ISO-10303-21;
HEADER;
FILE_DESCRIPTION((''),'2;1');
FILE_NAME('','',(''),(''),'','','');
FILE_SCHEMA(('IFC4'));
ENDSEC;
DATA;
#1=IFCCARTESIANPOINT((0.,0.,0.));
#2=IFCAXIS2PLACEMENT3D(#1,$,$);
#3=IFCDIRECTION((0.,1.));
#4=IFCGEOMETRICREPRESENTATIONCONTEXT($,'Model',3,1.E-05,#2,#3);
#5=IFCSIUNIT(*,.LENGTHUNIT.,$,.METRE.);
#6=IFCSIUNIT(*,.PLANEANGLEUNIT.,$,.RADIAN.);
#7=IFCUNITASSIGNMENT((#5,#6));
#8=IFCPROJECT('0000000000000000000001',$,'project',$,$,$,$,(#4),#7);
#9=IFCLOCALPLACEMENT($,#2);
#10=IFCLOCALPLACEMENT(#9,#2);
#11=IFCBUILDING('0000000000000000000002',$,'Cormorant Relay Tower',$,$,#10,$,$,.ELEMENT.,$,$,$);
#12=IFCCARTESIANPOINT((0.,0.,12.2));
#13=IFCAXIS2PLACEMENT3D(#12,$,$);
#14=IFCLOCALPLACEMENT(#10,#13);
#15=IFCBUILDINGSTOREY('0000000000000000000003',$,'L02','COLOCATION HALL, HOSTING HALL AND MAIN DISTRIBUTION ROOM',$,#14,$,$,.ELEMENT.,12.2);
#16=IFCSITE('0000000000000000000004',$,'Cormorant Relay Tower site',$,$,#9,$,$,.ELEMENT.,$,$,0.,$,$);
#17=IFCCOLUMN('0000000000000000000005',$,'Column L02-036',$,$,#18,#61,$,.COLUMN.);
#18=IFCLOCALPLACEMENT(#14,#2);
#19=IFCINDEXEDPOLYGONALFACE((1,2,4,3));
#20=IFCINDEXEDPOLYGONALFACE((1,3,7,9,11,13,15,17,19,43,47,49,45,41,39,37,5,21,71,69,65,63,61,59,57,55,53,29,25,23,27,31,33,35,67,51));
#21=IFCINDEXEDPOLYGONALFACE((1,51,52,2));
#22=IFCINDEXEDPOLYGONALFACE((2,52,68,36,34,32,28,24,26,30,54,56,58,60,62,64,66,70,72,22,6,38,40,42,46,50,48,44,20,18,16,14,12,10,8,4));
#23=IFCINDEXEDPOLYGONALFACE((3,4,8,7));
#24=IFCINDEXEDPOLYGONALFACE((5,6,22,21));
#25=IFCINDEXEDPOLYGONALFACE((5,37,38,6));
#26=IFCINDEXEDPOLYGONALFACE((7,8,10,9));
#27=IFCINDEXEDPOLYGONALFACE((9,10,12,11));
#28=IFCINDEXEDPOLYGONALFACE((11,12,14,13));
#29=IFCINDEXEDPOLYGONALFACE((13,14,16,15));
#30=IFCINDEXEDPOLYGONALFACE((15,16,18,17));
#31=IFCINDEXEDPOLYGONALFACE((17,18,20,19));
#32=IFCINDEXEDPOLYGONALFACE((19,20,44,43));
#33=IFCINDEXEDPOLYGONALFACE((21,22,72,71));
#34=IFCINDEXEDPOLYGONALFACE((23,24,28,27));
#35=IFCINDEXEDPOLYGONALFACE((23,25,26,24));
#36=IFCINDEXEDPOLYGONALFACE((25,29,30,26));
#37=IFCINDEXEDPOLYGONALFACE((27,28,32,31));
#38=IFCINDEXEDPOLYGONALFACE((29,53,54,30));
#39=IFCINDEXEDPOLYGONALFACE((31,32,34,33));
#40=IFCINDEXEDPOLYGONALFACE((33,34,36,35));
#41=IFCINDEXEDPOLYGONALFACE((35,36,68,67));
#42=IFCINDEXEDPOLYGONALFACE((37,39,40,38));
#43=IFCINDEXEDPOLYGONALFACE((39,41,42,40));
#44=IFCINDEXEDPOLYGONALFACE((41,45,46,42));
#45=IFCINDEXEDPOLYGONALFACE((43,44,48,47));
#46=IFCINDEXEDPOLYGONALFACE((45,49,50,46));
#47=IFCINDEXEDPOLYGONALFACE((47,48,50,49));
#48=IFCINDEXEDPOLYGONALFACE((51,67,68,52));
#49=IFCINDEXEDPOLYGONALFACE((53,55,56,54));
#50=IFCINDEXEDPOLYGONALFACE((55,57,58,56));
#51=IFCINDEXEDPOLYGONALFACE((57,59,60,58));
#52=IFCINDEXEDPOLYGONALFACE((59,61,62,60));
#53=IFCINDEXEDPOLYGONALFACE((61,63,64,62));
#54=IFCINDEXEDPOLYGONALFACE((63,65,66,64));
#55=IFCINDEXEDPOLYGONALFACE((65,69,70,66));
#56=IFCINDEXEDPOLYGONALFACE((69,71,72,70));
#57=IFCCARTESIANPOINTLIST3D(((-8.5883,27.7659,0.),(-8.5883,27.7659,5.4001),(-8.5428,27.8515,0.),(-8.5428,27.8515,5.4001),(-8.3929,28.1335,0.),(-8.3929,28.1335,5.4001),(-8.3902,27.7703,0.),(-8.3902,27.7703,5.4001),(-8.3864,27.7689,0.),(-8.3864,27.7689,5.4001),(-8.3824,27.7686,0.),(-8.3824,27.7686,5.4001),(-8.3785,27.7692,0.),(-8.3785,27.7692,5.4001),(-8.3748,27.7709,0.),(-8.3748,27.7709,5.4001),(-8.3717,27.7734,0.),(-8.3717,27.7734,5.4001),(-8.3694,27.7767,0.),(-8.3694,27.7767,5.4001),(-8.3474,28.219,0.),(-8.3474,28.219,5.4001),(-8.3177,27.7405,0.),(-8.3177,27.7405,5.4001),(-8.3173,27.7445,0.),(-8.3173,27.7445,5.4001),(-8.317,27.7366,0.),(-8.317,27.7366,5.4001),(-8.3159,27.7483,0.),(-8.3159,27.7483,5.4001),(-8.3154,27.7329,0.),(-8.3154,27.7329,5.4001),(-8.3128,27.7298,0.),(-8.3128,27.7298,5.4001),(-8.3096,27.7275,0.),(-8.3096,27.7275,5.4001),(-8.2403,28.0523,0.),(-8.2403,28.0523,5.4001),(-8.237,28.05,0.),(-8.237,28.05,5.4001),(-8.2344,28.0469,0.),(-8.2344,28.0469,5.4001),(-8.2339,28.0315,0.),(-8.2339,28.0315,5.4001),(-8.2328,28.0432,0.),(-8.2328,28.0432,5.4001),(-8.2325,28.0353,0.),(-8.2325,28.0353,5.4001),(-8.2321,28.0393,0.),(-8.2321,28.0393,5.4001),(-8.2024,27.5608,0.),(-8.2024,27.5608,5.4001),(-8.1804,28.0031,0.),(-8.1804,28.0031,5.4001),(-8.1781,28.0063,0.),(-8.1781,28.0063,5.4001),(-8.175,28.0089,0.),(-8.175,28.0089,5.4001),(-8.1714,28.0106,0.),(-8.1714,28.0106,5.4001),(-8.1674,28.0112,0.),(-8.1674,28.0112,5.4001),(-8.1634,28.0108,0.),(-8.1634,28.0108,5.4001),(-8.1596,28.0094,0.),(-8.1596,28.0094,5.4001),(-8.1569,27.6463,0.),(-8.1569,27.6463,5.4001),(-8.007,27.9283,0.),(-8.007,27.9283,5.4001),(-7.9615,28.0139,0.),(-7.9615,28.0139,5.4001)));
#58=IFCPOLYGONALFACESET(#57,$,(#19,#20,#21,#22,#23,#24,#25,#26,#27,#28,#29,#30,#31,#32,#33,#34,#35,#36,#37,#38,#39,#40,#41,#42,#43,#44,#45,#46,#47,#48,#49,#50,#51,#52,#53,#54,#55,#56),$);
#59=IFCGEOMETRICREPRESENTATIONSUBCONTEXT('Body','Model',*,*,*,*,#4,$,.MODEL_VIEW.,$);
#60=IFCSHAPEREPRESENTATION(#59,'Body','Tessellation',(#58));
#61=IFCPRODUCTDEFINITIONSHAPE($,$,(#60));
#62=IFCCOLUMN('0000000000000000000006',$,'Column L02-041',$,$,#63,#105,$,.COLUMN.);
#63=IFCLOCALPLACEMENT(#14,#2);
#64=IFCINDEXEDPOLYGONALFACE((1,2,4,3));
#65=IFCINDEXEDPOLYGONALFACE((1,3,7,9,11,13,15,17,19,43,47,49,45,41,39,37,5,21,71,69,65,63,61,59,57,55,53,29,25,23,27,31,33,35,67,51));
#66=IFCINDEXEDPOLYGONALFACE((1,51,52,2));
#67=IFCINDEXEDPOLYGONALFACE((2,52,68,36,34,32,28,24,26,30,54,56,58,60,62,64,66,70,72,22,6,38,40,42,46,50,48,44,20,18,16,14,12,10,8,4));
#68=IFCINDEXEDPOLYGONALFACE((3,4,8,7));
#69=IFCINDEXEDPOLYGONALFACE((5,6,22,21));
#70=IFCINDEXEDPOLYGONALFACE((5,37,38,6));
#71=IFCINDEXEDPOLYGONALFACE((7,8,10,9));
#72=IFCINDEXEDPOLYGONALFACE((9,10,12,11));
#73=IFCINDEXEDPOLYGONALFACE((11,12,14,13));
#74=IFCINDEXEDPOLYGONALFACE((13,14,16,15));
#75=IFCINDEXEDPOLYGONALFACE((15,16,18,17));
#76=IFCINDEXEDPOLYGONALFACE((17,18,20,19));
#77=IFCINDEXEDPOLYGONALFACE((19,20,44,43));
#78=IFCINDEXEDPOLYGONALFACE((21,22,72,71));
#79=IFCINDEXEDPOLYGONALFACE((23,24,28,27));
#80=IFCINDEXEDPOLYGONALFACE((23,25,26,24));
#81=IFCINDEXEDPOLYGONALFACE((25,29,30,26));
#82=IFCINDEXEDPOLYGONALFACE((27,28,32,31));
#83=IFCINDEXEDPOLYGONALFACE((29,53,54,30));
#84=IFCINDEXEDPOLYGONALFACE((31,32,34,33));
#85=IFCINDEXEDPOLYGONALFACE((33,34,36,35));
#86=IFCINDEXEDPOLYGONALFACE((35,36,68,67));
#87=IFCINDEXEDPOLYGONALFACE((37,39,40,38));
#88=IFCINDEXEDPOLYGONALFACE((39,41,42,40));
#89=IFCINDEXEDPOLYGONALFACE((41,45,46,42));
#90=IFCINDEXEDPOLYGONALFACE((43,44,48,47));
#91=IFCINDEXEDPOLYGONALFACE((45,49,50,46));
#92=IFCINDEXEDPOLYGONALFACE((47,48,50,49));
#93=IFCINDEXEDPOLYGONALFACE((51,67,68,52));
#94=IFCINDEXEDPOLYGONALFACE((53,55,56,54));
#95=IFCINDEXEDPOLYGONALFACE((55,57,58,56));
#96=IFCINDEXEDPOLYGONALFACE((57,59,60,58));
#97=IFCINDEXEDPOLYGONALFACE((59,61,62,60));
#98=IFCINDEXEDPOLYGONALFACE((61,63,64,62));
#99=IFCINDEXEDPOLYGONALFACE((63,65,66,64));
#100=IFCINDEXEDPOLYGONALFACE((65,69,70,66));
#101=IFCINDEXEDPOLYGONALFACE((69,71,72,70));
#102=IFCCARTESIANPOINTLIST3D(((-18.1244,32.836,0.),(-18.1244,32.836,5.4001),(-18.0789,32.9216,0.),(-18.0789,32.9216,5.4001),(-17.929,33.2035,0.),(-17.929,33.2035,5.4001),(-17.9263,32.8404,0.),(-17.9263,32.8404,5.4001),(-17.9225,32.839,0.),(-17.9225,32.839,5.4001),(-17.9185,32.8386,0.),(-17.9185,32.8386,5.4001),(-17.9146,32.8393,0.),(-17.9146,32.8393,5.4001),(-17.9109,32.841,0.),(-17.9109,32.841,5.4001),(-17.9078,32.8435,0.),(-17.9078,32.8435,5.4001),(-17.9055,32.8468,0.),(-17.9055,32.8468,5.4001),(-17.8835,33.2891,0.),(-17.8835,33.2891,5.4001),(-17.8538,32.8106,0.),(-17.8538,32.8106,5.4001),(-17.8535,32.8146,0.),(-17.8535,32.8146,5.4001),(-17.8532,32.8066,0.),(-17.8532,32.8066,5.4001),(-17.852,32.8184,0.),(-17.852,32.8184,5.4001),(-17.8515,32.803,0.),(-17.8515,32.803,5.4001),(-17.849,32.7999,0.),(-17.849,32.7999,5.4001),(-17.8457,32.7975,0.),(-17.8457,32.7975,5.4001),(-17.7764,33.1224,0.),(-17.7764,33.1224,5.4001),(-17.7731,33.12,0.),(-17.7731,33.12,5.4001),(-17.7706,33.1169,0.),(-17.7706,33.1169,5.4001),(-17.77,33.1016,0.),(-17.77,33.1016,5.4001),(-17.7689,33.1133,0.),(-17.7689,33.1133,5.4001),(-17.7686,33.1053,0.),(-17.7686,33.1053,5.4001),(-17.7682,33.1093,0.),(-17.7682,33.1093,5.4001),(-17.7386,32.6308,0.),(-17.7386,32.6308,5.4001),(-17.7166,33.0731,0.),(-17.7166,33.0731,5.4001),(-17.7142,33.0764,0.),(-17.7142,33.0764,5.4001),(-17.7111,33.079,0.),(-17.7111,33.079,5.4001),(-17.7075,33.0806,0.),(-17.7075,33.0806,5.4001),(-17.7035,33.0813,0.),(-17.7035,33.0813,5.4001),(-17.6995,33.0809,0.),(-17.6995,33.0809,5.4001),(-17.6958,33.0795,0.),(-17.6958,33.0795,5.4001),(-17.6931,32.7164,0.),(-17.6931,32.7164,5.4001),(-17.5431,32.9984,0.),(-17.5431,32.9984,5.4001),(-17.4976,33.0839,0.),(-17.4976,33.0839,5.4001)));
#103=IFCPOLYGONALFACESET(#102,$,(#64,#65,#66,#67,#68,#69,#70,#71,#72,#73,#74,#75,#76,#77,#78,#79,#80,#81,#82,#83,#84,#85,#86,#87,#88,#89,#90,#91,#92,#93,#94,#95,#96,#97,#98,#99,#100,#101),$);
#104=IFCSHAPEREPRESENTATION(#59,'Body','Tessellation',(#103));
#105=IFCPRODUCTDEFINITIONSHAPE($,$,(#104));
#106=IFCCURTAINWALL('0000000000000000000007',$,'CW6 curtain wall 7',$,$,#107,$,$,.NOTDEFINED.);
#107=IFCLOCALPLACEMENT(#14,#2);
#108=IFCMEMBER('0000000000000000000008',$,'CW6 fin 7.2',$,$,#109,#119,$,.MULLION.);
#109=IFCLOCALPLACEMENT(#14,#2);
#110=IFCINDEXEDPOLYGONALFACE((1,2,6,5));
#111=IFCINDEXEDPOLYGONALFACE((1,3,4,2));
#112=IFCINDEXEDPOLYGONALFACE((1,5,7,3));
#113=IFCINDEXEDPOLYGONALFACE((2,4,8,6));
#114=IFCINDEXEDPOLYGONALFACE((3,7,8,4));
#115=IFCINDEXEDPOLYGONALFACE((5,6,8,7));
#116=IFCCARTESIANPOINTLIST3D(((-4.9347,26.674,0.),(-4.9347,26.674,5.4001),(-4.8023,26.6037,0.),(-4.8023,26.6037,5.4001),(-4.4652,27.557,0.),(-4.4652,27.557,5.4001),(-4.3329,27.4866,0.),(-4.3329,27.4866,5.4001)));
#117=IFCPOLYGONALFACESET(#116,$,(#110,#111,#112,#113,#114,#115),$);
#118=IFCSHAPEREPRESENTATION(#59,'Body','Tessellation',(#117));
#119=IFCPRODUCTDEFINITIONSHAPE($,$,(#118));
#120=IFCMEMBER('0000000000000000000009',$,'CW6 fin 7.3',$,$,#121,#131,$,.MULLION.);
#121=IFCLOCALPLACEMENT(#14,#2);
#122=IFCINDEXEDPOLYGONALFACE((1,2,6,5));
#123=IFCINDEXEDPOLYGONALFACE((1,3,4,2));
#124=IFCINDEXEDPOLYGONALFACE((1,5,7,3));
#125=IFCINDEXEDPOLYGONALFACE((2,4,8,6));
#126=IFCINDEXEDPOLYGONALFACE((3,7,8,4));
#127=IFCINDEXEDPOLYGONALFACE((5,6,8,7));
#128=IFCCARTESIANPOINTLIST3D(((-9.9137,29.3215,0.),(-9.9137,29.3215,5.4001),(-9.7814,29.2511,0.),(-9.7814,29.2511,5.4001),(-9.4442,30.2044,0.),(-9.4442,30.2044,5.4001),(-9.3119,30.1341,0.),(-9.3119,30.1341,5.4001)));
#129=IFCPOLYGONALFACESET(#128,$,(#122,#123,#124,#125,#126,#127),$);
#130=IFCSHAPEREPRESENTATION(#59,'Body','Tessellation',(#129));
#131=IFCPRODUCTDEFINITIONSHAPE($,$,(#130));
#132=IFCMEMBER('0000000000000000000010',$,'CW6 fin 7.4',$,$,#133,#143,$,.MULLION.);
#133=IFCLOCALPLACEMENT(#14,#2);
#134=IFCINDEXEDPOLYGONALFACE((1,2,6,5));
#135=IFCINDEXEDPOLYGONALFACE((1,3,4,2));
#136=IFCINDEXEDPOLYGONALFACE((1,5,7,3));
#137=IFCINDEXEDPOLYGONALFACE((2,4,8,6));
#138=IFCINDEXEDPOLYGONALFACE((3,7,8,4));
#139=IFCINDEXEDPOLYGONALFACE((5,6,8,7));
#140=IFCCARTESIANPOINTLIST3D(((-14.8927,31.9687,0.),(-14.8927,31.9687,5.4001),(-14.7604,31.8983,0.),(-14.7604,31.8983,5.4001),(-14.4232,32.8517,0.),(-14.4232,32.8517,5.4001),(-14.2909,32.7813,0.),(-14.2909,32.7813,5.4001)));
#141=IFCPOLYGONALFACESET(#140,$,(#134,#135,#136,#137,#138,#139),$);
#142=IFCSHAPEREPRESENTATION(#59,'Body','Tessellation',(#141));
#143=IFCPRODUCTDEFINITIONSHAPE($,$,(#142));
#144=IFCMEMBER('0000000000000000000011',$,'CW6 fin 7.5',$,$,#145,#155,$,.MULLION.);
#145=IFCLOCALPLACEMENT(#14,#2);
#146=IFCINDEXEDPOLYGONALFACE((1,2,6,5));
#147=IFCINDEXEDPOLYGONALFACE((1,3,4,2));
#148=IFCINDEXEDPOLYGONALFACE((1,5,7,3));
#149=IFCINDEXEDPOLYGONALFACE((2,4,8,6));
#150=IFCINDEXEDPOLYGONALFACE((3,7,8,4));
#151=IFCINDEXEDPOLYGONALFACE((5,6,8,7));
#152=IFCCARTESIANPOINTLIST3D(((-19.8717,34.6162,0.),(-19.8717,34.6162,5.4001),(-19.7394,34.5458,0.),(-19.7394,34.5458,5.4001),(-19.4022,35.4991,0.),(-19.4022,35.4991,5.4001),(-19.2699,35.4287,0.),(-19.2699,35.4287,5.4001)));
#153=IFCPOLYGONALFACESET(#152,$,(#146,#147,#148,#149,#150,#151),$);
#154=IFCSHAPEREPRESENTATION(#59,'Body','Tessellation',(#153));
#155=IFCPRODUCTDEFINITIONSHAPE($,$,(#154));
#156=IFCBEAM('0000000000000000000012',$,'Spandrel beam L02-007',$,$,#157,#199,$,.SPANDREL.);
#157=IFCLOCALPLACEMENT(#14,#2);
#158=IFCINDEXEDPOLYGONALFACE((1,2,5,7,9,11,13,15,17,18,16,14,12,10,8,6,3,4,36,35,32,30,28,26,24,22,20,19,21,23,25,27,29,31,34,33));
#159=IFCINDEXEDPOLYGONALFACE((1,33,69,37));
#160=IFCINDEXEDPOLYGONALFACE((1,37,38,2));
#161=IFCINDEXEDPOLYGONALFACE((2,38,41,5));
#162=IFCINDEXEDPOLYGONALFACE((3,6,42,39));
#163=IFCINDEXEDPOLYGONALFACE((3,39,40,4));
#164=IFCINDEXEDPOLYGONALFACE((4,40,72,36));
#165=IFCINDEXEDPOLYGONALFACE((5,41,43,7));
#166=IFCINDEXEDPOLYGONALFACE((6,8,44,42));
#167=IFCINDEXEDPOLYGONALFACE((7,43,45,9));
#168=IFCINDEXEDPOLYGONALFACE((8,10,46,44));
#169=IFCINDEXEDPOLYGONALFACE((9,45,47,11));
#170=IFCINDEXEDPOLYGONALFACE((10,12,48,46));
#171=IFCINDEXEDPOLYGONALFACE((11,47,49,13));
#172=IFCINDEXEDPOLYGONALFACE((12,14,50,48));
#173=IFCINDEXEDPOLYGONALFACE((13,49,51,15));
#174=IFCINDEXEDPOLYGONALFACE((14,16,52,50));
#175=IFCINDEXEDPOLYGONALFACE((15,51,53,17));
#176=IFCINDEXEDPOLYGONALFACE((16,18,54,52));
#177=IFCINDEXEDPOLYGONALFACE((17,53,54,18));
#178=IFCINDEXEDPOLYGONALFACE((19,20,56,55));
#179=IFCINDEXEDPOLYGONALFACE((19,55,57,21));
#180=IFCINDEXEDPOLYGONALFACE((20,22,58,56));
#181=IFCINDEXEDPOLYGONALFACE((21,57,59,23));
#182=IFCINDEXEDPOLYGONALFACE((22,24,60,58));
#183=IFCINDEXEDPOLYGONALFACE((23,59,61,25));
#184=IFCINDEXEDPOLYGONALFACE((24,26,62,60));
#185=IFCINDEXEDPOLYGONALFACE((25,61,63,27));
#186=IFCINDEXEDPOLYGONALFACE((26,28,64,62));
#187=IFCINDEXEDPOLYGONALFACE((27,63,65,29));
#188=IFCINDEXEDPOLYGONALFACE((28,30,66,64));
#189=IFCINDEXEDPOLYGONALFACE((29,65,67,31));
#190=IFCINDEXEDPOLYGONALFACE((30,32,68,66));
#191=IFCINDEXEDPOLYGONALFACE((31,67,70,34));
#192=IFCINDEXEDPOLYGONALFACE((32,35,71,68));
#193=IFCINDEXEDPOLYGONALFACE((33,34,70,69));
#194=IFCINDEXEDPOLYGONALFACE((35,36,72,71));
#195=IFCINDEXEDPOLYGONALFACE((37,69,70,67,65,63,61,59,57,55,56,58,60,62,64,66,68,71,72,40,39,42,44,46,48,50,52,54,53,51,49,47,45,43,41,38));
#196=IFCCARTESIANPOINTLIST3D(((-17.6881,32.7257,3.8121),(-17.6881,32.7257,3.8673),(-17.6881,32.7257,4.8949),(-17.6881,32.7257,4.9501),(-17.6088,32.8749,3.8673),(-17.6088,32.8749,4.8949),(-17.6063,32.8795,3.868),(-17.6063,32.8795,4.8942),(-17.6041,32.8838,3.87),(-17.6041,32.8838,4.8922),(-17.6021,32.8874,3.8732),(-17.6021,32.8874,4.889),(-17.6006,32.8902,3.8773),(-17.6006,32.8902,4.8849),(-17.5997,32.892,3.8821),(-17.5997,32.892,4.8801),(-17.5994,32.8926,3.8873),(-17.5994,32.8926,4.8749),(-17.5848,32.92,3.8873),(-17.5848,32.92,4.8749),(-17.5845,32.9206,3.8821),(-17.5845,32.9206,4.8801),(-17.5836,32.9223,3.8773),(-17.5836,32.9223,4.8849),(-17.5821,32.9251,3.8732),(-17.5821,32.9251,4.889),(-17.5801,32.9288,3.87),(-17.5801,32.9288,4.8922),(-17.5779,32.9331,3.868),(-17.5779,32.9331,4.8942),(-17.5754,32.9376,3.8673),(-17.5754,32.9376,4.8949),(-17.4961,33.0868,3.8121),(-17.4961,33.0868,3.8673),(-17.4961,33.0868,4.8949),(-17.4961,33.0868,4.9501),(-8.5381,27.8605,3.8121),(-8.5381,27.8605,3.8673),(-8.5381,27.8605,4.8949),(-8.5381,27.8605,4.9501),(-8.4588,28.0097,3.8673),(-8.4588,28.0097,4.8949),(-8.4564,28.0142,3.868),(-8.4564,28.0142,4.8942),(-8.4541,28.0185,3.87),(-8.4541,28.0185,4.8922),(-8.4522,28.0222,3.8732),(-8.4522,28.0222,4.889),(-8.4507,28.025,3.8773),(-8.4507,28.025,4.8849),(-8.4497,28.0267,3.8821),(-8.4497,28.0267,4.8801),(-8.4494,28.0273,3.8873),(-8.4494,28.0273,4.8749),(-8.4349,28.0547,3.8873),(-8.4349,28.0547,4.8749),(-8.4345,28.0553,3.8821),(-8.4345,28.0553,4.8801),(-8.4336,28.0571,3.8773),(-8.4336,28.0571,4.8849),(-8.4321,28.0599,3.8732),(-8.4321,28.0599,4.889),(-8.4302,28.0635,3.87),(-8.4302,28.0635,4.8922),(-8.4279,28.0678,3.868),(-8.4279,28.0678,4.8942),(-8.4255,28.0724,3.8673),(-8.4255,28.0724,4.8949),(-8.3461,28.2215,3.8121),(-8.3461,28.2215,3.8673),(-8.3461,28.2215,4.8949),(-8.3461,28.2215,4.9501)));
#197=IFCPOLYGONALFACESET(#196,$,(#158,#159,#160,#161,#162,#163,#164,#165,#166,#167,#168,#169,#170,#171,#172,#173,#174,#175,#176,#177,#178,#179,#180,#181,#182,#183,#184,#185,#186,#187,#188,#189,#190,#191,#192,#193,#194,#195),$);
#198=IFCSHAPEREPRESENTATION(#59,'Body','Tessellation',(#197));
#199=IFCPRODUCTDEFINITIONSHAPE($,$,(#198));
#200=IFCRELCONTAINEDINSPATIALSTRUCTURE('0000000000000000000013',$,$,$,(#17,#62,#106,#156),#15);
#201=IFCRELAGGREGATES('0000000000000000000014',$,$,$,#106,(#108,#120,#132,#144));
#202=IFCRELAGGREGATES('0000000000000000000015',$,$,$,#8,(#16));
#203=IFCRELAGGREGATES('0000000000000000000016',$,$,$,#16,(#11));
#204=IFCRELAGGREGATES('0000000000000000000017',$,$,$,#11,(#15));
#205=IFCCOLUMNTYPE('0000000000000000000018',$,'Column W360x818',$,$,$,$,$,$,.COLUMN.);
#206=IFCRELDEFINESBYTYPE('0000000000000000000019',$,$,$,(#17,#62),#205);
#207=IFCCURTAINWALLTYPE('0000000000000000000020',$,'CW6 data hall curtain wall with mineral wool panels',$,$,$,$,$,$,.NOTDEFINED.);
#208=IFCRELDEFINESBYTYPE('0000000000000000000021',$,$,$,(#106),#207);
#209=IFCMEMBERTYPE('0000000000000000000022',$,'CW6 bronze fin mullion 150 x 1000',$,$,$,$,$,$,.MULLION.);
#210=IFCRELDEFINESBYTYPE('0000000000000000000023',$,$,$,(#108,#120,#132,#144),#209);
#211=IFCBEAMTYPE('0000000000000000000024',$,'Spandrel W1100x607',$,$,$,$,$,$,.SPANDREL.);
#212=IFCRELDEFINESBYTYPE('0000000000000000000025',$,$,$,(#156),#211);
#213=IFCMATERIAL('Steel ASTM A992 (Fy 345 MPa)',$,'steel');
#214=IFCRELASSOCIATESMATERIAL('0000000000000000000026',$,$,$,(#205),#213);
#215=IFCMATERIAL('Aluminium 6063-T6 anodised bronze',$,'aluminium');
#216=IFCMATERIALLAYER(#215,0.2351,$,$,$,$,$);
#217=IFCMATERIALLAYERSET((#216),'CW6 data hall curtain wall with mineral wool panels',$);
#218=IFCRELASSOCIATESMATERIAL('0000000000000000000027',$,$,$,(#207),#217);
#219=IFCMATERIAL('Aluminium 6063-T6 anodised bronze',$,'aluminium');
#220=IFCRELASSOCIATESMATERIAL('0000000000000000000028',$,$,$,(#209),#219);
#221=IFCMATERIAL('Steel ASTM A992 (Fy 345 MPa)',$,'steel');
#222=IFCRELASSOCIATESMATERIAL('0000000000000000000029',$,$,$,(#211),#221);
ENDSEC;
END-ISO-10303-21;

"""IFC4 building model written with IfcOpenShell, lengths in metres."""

from ifc_helpers import new_model, si_unit, direction, frame, origin, origin_2d, place, context, subcontext, project, spatial, rectangle, i_section, extrude, material, layer, layer_set, material_profile, profile_set, type_object, element, aggregate, save


model = new_model("IFC4")

# Units and contexts
model_context = context("Model", 3, precision=1e-05, world=origin(), true_north=direction((0.0, 1.0)))
body_context = subcontext(model_context, "Body", "Model", "MODEL_VIEW")
ifc_project = project(units=[si_unit("LENGTHUNIT", "METRE"), si_unit("PLANEANGLEUNIT", "RADIAN")], contexts=[model_context])

# Site, building, storey
site_placement = place(None, origin())
site = spatial("IfcSite", under=ifc_project, at=site_placement, Name="Cormorant Relay Tower site", CompositionType="ELEMENT", RefElevation=0.0)
building_placement = place(site_placement, origin())
building = spatial("IfcBuilding", under=site, at=building_placement, Name="Cormorant Relay Tower", CompositionType="ELEMENT")
storey_placement = place(building_placement, frame((0.0, 0.0, 12.2)))
storey = spatial("IfcBuildingStorey", under=building, at=storey_placement, Name="L02", Description="COLOCATION HALL, HOSTING HALL AND MAIN DISTRIBUTION ROOM", CompositionType="ELEMENT", Elevation=12.2)

# Columns
ifc_material_1 = material(Name="Steel ASTM A992 (Fy 345 MPa)", Category="steel")
ifc_material_profile_1 = material_profile(ifc_material_1, i_section(OverallWidth=0.437, OverallDepth=0.5132, WebThickness=0.0605, FlangeThickness=0.0969, FilletRadius=0.0154, at=origin_2d()), Name="W360x818")
ifc_profile_set_1 = profile_set([ifc_material_profile_1], Name="Steel ASTM A992 (Fy 345 MPa)")
column_type = type_object("IfcColumnType", Name="Column W360x818", PredefinedType="COLUMN", material=ifc_profile_set_1)
for number, where, z_axis, x_axis, name in (
    (1, (-8.2749, 27.8899, 0.0), (0.0, 0.0, 1.0), (-0.882948, 0.469472, 0.0), "Column L02-036"),
    (2, (-17.811, 32.96, 0.0), (0.0, 0.0, 1.0), (-0.882948, 0.469472, 0.0), "Column L02-041"),
):
    element("IfcColumn", number, at=place(storey_placement, frame(where, z_axis=z_axis, x_axis=x_axis)), inside=storey, type_object=column_type, Name=name, PredefinedType="COLUMN", context=body_context, shape_type="SweptSolid", body=[
        extrude(i_section(OverallWidth=0.437, OverallDepth=0.5132, WebThickness=0.0605, FlangeThickness=0.0969, FilletRadius=0.0154, at=origin_2d()), origin(), (0.0, 0.0, 1.0), 5.4001),
    ])

# Curtain wall, members
ifc_material_2 = material(Name="Aluminium 6063-T6 anodised bronze", Category="aluminium")
ifc_layer_1 = layer(ifc_material_2, 0.2351)
ifc_layer_set_1 = layer_set([ifc_layer_1], Name="CW6 data hall curtain wall with mineral wool panels")
curtain_wall_type = type_object("IfcCurtainWallType", Name="CW6 data hall curtain wall with mineral wool panels", PredefinedType="NOTDEFINED", material=ifc_layer_set_1)
curtain_wall_placement = place(storey_placement, origin())
curtain_wall = element("IfcCurtainWall", 3, at=curtain_wall_placement, inside=storey, type_object=curtain_wall_type, Name="CW6 curtain wall 7", PredefinedType="NOTDEFINED")
ifc_material_3 = material(Name="Aluminium 6063-T6 anodised bronze", Category="aluminium")
ifc_material_profile_2 = material_profile(ifc_material_3, rectangle(XDim=0.1499, YDim=1.0, at=origin_2d()), Name="AL 150x1000")
ifc_profile_set_2 = profile_set([ifc_material_profile_2], Name="Aluminium 6063-T6 anodised bronze")
member_type = type_object("IfcMemberType", Name="CW6 bronze fin mullion 150 x 1000", PredefinedType="MULLION", material=ifc_profile_set_2)
member_1_placement = place(storey_placement, frame((-4.6338, 27.0803, 0.0), z_axis=(0.0, 0.0, 1.0), x_axis=(-0.882948, 0.469472, 0.0)))
member_1 = element("IfcMember", 4, at=member_1_placement, type_object=member_type, Name="CW6 fin 7.2", PredefinedType="MULLION", context=body_context, shape_type="SweptSolid", body=[
    extrude(rectangle(XDim=0.1499, YDim=1.0, at=origin_2d()), origin(), (0.0, 0.0, 1.0), 5.4001),
])
member_2_placement = place(storey_placement, frame((-9.6128, 29.7278, 0.0), z_axis=(0.0, 0.0, 1.0), x_axis=(-0.882948, 0.469472, 0.0)))
member_2 = element("IfcMember", 5, at=member_2_placement, type_object=member_type, Name="CW6 fin 7.3", PredefinedType="MULLION", context=body_context, shape_type="SweptSolid", body=[
    extrude(rectangle(XDim=0.1499, YDim=1.0, at=origin_2d()), origin(), (0.0, 0.0, 1.0), 5.4001),
])
member_3_placement = place(storey_placement, frame((-14.5918, 32.375, 0.0), z_axis=(0.0, 0.0, 1.0), x_axis=(-0.882948, 0.469472, 0.0)))
member_3 = element("IfcMember", 6, at=member_3_placement, type_object=member_type, Name="CW6 fin 7.4", PredefinedType="MULLION", context=body_context, shape_type="SweptSolid", body=[
    extrude(rectangle(XDim=0.1499, YDim=1.0, at=origin_2d()), origin(), (0.0, 0.0, 1.0), 5.4001),
])
member_4_placement = place(storey_placement, frame((-19.5708, 35.0225, 0.0), z_axis=(0.0, 0.0, 1.0), x_axis=(-0.882948, 0.469472, 0.0)))
member_4 = element("IfcMember", 7, at=member_4_placement, type_object=member_type, Name="CW6 fin 7.5", PredefinedType="MULLION", context=body_context, shape_type="SweptSolid", body=[
    extrude(rectangle(XDim=0.1499, YDim=1.0, at=origin_2d()), origin(), (0.0, 0.0, 1.0), 5.4001),
])

# Beam
ifc_material_4 = material(Name="Steel ASTM A992 (Fy 345 MPa)", Category="steel")
ifc_material_profile_3 = material_profile(ifc_material_4, i_section(OverallWidth=0.4089, OverallDepth=1.1379, WebThickness=0.031, FlangeThickness=0.0552, FilletRadius=0.02, at=origin_2d()), Name="W1100x607")
ifc_profile_set_3 = profile_set([ifc_material_profile_3], Name="Steel ASTM A992 (Fy 345 MPa)")
beam_type_1 = type_object("IfcBeamType", Name="Spandrel W1100x607", PredefinedType="SPANDREL", material=ifc_profile_set_3)
beam_1_placement = place(storey_placement, frame((-8.4421, 28.041, 4.3811), z_axis=(-0.882942, 0.469482, 0.0), x_axis=(-0.469482, -0.882942, 0.0)))
element("IfcBeam", 8, at=beam_1_placement, inside=storey, type_object=beam_type_1, Name="Spandrel beam L02-007", PredefinedType="SPANDREL", context=body_context, shape_type="SweptSolid", body=[
    extrude(i_section(OverallWidth=0.4089, OverallDepth=1.1379, WebThickness=0.031, FlangeThickness=0.0552, FilletRadius=0.02, at=origin_2d()), origin(), (0.0, 0.0, 1.0), 10.363),
])

aggregate(curtain_wall, [member_1, member_2, member_3, member_4])

save(model, "model.ifc")
